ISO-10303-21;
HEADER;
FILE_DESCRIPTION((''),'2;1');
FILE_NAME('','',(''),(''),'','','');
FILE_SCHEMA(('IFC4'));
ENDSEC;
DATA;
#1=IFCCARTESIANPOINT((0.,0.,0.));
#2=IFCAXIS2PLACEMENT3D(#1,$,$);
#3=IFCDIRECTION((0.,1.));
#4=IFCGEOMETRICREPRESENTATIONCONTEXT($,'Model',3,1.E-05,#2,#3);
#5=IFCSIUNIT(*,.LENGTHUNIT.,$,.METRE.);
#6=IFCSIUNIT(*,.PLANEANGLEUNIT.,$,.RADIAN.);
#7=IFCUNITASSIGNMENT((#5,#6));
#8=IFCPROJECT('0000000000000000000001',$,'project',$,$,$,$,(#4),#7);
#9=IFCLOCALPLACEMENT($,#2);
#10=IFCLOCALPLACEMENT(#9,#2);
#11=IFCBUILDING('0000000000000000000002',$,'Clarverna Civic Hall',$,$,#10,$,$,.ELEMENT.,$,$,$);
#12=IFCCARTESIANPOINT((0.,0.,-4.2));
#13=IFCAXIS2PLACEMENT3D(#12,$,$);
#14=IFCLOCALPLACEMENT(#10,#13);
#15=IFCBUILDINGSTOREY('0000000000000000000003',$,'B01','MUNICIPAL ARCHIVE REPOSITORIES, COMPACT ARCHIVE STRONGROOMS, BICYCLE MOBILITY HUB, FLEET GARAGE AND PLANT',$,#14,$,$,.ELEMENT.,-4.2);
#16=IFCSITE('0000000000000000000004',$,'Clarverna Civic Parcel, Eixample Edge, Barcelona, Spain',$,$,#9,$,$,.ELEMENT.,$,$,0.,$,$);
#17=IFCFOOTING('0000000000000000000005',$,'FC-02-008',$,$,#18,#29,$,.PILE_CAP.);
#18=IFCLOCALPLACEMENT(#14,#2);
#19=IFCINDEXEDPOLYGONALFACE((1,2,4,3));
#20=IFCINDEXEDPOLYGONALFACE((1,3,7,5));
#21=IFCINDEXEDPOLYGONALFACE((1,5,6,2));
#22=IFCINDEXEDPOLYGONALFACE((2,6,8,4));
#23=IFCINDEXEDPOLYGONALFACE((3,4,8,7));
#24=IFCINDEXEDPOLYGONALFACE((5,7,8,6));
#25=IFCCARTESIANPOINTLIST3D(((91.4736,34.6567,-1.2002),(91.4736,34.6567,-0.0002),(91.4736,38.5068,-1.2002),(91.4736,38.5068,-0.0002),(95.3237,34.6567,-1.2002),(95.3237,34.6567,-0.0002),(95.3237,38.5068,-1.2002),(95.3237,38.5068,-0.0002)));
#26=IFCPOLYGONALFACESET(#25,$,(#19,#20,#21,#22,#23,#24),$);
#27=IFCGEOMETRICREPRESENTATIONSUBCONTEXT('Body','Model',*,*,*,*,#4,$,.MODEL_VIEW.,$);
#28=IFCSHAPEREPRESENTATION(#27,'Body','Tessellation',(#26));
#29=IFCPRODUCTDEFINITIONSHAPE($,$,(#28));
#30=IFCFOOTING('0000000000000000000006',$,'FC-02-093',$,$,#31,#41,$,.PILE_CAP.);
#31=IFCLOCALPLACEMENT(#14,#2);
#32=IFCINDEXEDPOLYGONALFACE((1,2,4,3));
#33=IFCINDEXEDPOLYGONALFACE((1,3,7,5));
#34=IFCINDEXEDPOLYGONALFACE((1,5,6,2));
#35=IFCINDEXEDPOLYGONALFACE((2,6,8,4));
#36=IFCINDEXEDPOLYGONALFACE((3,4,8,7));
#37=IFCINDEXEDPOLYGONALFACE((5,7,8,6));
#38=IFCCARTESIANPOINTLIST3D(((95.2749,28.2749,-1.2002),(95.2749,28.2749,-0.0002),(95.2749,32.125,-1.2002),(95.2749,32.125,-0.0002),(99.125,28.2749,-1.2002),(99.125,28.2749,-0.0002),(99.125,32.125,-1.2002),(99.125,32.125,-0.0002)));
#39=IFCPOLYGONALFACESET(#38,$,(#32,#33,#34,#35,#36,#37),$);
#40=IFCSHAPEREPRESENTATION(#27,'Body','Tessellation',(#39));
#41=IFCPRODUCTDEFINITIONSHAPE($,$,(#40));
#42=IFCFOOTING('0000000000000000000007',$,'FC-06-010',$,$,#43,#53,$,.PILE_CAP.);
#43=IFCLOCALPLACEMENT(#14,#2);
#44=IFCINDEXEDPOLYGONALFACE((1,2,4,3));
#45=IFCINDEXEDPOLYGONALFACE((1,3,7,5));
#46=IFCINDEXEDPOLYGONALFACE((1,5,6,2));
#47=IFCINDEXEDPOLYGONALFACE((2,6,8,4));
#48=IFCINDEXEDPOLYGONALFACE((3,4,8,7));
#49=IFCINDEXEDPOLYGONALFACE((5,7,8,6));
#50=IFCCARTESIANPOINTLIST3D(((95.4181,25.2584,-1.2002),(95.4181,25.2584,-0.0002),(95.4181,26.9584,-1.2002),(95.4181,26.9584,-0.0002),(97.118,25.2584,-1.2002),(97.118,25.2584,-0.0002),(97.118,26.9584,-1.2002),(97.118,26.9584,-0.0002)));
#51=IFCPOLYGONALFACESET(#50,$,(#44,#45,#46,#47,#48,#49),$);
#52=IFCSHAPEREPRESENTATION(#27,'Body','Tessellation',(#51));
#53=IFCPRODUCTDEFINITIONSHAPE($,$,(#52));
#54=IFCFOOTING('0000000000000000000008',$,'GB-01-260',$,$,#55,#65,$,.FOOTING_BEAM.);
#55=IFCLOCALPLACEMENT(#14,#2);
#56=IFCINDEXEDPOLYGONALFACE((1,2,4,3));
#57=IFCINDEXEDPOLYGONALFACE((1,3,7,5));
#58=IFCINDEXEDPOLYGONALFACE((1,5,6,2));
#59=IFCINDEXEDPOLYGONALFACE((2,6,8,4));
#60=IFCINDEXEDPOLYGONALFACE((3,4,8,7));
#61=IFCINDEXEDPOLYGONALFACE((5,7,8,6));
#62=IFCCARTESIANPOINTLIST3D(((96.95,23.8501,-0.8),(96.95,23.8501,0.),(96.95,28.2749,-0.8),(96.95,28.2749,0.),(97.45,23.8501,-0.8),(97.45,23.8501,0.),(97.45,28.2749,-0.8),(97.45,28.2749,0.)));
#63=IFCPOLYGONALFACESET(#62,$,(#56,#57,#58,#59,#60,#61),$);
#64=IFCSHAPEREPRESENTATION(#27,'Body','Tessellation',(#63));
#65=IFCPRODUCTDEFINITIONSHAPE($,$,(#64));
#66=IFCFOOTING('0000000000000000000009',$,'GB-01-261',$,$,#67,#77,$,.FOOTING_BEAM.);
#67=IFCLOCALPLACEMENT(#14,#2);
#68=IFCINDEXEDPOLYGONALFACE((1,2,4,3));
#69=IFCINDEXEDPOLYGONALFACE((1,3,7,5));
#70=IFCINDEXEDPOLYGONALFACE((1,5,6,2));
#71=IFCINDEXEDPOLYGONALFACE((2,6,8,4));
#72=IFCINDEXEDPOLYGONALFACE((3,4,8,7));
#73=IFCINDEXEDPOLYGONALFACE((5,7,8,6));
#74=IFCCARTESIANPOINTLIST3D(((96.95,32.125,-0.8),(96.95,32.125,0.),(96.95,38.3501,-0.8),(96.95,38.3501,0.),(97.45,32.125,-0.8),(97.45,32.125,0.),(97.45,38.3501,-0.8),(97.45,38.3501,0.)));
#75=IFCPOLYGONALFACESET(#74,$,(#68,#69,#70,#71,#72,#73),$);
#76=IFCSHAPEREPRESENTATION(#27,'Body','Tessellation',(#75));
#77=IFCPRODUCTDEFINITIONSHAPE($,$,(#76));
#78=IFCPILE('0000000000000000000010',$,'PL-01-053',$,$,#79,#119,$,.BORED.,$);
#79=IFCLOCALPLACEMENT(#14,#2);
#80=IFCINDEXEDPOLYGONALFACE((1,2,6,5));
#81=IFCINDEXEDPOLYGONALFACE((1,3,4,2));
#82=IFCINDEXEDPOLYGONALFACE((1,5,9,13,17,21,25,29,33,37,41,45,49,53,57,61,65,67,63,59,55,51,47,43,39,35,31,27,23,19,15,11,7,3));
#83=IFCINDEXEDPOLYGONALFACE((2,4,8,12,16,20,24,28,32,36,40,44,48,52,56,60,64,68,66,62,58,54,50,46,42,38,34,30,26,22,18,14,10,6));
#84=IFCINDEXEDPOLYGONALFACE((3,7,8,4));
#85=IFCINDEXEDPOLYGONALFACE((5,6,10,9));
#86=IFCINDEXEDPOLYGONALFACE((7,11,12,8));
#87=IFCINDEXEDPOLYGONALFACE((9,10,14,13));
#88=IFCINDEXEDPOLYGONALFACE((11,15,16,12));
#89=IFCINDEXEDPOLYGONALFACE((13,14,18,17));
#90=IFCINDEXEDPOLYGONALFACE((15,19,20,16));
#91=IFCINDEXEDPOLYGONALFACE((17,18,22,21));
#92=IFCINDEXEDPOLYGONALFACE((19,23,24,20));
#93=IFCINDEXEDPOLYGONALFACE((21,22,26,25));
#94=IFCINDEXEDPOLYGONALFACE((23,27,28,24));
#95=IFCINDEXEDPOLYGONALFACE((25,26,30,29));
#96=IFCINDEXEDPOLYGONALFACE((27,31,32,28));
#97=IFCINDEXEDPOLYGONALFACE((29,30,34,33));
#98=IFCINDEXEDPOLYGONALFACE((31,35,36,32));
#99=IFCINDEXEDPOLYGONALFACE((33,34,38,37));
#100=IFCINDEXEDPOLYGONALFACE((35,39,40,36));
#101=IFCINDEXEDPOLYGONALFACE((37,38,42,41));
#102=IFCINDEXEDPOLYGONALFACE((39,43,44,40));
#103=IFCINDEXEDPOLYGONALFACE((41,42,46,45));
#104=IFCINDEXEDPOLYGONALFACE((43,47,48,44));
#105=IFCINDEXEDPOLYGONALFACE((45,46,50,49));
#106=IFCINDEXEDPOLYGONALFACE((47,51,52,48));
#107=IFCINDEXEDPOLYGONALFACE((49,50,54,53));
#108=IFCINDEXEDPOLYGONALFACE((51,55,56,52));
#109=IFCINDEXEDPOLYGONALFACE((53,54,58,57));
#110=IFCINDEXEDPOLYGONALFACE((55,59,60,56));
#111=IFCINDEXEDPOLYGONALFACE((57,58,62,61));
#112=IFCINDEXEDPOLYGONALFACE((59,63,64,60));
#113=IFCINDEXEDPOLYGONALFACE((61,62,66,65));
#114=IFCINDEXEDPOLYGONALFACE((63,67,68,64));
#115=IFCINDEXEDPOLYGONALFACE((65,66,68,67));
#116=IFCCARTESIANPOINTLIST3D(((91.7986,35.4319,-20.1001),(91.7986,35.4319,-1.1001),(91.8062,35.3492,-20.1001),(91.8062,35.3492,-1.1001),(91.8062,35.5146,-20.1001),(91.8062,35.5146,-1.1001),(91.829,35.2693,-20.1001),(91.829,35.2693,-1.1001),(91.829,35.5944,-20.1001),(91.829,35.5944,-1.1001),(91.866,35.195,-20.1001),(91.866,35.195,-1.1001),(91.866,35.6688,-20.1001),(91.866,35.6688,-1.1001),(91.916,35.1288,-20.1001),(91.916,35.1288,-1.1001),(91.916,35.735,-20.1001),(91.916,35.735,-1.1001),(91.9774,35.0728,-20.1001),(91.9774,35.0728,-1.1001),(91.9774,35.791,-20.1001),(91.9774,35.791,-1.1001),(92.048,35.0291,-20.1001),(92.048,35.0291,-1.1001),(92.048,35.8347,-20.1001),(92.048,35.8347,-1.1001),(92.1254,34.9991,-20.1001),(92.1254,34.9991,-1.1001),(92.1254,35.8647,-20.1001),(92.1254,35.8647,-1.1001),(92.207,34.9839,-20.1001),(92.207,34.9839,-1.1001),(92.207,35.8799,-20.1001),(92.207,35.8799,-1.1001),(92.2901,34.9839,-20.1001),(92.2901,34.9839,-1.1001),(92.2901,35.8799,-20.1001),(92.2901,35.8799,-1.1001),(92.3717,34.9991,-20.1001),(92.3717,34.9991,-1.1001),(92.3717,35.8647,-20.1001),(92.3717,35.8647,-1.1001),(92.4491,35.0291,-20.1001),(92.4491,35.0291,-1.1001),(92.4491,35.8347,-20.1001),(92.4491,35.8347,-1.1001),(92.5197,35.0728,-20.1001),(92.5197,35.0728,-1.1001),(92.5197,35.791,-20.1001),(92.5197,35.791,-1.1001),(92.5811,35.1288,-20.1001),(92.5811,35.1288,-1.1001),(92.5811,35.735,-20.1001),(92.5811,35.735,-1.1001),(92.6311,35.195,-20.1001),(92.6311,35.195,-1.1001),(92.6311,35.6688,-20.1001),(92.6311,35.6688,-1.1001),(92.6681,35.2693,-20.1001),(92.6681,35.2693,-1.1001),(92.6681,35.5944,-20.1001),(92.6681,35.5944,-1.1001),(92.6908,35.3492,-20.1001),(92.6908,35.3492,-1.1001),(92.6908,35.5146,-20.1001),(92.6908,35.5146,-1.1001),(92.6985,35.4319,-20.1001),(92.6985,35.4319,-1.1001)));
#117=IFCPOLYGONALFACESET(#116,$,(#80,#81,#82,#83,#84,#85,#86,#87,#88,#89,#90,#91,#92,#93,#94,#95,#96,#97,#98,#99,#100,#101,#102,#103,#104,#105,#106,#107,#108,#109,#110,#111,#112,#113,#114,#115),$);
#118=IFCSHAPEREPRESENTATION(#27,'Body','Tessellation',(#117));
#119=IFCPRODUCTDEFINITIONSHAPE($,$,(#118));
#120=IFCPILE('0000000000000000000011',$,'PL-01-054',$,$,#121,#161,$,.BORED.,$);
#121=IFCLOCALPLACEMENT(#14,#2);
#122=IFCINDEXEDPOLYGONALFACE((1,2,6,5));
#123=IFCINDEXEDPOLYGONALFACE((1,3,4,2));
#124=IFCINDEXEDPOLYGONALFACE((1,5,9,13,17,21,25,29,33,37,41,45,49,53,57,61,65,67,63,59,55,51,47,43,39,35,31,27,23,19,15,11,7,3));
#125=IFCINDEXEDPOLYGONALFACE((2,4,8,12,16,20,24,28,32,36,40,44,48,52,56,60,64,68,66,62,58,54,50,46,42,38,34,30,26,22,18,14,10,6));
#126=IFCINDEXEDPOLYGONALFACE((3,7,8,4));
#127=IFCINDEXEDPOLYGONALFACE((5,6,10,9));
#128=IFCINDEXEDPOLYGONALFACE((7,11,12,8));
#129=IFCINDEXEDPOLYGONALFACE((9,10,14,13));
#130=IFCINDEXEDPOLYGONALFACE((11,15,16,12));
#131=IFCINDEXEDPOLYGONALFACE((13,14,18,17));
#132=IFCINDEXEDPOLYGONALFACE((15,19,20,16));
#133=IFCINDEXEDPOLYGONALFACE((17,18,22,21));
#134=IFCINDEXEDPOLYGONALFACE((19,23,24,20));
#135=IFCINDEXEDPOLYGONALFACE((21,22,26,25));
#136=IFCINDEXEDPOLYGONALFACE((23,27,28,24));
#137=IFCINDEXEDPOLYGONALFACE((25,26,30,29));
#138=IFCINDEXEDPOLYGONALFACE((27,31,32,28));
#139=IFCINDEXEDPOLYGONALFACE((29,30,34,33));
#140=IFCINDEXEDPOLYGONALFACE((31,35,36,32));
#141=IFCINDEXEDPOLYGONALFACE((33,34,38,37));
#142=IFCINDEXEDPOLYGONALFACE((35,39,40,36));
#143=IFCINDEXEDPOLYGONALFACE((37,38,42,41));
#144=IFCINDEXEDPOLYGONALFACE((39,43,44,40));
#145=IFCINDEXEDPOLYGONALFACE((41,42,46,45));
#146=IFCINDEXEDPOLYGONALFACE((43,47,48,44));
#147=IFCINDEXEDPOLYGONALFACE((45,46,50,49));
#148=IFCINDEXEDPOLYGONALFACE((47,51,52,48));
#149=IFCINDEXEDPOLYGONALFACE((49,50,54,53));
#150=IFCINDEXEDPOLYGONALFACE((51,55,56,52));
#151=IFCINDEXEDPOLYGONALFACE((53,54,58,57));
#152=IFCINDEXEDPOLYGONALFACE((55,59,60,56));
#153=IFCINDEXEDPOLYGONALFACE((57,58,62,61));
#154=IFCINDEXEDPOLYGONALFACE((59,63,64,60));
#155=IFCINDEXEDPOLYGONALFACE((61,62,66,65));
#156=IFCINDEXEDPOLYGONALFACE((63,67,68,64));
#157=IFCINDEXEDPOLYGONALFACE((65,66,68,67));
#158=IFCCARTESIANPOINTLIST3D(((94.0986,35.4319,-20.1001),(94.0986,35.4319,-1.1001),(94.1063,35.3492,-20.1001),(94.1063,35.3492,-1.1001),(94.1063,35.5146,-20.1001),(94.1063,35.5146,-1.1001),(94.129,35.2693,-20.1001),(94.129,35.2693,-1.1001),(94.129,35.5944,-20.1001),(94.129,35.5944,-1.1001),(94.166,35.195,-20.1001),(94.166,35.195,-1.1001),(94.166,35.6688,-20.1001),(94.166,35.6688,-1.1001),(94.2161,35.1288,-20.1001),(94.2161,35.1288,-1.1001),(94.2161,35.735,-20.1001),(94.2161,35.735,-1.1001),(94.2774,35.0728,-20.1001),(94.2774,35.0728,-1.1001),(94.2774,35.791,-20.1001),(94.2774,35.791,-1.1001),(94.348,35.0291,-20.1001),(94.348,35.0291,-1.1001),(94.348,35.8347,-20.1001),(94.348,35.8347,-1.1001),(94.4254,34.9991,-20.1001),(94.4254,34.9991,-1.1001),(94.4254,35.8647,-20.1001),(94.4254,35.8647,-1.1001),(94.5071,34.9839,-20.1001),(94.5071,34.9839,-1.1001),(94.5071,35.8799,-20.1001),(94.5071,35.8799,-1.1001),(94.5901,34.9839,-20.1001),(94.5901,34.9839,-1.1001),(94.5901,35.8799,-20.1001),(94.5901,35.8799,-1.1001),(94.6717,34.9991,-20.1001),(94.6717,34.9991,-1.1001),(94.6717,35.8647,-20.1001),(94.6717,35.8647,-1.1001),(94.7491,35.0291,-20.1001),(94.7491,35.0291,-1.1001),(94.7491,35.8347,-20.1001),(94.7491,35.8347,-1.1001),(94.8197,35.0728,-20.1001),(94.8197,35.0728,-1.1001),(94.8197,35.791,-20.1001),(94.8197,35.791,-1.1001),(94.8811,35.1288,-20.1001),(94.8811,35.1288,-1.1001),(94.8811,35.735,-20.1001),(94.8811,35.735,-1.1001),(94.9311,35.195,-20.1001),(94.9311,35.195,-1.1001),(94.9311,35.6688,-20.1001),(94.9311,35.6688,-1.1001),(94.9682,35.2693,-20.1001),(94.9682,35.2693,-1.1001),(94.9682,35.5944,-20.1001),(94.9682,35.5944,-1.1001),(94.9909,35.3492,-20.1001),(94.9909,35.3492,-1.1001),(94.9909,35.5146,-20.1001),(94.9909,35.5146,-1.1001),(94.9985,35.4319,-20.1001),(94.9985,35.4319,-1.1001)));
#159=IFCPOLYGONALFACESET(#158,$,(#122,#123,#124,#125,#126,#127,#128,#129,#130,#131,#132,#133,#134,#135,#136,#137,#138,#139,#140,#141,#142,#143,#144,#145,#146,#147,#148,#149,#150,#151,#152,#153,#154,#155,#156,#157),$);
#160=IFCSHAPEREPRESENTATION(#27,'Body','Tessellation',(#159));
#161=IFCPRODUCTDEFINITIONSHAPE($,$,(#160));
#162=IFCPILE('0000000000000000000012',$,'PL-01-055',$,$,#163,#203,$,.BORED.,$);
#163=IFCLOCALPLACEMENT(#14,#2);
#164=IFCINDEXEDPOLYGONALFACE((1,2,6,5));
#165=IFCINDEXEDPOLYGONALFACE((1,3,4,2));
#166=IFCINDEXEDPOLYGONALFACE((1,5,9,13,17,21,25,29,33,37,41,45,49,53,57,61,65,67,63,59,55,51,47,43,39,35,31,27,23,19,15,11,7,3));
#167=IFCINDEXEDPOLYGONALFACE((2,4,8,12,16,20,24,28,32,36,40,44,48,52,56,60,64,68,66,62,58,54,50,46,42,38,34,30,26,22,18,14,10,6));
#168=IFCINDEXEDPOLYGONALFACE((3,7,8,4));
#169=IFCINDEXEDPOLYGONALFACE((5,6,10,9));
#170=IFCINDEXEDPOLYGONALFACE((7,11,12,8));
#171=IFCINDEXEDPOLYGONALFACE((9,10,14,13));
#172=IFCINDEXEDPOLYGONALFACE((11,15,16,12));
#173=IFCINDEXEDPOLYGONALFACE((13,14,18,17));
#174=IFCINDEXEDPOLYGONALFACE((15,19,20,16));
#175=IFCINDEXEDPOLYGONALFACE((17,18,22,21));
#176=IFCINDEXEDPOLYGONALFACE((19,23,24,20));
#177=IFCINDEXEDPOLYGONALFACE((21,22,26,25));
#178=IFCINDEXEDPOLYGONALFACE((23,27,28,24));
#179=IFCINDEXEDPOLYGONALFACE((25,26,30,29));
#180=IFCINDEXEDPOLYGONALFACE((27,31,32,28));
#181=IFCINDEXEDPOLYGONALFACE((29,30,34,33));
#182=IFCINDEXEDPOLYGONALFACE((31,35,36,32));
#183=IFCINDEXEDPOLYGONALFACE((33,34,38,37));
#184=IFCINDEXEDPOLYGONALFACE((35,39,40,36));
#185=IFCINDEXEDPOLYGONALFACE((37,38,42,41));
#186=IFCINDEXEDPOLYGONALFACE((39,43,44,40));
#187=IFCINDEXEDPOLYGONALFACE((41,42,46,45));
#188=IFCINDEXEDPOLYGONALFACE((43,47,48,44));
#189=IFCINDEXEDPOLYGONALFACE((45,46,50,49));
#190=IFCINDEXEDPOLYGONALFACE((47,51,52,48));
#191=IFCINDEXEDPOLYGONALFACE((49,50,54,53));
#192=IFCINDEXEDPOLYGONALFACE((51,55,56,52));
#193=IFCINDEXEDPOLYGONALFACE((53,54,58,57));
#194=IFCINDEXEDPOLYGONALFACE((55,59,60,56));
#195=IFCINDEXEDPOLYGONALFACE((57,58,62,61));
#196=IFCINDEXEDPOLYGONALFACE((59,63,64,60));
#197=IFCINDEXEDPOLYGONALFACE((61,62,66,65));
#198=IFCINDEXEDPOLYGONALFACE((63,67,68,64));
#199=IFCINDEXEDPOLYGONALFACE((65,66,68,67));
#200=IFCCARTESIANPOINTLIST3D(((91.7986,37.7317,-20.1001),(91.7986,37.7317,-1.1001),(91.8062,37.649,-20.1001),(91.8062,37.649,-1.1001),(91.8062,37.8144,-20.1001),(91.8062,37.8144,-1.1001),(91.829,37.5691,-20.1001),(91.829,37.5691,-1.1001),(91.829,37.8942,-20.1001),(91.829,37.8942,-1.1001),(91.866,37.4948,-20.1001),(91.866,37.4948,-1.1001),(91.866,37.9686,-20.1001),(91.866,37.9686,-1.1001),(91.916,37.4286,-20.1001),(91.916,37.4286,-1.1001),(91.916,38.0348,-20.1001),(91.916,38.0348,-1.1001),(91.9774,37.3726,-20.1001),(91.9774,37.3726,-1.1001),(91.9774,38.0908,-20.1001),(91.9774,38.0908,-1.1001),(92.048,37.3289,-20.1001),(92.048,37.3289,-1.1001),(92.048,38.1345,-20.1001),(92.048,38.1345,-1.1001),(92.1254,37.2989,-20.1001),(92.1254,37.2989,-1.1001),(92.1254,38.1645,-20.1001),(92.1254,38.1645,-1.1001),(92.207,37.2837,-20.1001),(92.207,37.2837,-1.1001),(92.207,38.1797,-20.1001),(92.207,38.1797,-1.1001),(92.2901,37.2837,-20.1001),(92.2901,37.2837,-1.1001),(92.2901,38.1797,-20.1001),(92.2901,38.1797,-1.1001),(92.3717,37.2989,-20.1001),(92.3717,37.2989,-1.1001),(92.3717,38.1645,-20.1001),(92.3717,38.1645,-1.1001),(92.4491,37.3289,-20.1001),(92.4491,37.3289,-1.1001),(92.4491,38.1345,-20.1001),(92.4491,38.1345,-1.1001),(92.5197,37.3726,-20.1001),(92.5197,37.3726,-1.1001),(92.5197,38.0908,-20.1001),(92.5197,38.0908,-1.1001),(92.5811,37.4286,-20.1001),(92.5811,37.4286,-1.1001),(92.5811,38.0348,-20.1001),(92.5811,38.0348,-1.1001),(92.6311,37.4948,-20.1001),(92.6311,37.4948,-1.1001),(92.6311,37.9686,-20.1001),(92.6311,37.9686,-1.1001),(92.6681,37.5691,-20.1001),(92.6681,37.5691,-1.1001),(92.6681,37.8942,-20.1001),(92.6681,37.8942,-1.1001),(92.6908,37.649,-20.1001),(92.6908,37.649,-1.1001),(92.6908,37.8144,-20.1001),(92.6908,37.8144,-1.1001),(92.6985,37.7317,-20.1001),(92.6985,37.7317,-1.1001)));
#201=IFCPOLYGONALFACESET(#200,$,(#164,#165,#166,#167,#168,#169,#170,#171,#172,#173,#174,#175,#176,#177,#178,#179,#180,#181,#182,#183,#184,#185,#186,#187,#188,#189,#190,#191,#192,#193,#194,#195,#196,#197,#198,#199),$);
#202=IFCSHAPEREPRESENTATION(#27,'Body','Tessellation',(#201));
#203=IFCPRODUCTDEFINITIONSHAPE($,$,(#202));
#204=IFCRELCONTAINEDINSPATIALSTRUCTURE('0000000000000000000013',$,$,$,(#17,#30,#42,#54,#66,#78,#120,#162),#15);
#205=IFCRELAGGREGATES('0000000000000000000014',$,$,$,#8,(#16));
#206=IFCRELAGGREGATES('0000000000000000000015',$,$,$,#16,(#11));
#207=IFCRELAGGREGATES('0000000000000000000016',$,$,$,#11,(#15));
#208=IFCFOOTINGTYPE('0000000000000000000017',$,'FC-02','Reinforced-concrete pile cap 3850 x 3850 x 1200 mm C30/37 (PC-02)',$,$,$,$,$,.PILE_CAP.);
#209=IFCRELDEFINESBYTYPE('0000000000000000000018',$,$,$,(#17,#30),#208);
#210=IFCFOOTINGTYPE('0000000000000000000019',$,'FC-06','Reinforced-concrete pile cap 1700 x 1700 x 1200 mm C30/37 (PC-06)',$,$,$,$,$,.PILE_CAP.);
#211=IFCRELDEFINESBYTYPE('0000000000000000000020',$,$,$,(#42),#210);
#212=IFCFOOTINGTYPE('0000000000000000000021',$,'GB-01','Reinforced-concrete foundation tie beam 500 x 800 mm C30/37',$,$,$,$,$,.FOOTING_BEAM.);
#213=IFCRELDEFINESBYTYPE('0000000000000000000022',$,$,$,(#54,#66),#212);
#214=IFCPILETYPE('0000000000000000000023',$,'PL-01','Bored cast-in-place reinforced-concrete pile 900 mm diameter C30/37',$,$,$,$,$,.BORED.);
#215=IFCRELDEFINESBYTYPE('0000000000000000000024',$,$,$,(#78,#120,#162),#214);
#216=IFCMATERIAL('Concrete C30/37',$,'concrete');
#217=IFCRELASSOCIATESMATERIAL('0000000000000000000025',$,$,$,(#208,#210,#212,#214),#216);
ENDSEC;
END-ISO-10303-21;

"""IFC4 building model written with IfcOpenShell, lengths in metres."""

from ifc_helpers import new_model, si_unit, direction, frame, frame_2d, origin, origin_2d, place, context, subcontext, project, spatial, rectangle, circle, extrude, material, material_profile, profile_set, type_object, element, save


model = new_model("IFC4")

# Units and contexts
model_context = context("Model", 3, precision=1e-05, world=origin(), true_north=direction((0.0, 1.0)))
body_context = subcontext(model_context, "Body", "Model", "MODEL_VIEW")
ifc_project = project(units=[si_unit("LENGTHUNIT", "METRE"), si_unit("PLANEANGLEUNIT", "RADIAN")], contexts=[model_context])

# Site, building, storey
site_placement = place(None, origin())
site = spatial("IfcSite", under=ifc_project, at=site_placement, Name="Clarverna Civic Parcel, Eixample Edge, Barcelona, Spain", CompositionType="ELEMENT", RefElevation=0.0)
building_placement = place(site_placement, origin())
building = spatial("IfcBuilding", under=site, at=building_placement, Name="Clarverna Civic Hall", CompositionType="ELEMENT")
storey_placement = place(building_placement, frame((0.0, 0.0, -4.2)))
storey = spatial("IfcBuildingStorey", under=building, at=storey_placement, Name="B01", Description="MUNICIPAL ARCHIVE REPOSITORIES, COMPACT ARCHIVE STRONGROOMS, BICYCLE MOBILITY HUB, FLEET GARAGE AND PLANT", CompositionType="ELEMENT", Elevation=-4.2)

# Footings
ifc_material_1 = material(Name="Concrete C30/37", Category="concrete")
footing_type_1 = type_object("IfcFootingType", Name="FC-02", Description="Reinforced-concrete pile cap 3850 x 3850 x 1200 mm C30/37 (PC-02)", PredefinedType="PILE_CAP", material=ifc_material_1)
for number, where, z_axis, x_axis, name in (
    (1, (93.3987, 36.5818, -1.2002), (0.0, 0.0, 1.0), (1.0, 0.0, 0.0), "FC-02-008"),
    (2, (97.2, 30.2, -1.2002), (0.0, 0.0, 1.0), (1.0, 0.0, 0.0), "FC-02-093"),
):
    element("IfcFooting", number, at=place(storey_placement, frame(where, z_axis=z_axis, x_axis=x_axis)), inside=storey, type_object=footing_type_1, Name=name, PredefinedType="PILE_CAP", context=body_context, shape_type="SweptSolid", body=[
        extrude(rectangle(XDim=3.8501, YDim=3.8501, at=origin_2d()), origin(), (0.0, 0.0, 1.0), 1.2),
    ])
footing_type_2 = type_object("IfcFootingType", Name="FC-06", Description="Reinforced-concrete pile cap 1700 x 1700 x 1200 mm C30/37 (PC-06)", PredefinedType="PILE_CAP", material=ifc_material_1)
footing_1_placement = place(storey_placement, frame((96.2681, 26.1084, -1.2002), z_axis=(0.0, 0.0, 1.0), x_axis=(1.0, 0.0, 0.0)))
element("IfcFooting", 3, at=footing_1_placement, inside=storey, type_object=footing_type_2, Name="FC-06-010", PredefinedType="PILE_CAP", context=body_context, shape_type="SweptSolid", body=[
    extrude(rectangle(XDim=1.7, YDim=1.7, at=origin_2d()), origin(), (0.0, 0.0, 1.0), 1.2),
])
footing_type_3 = type_object("IfcFootingType", Name="GB-01", Description="Reinforced-concrete foundation tie beam 500 x 800 mm C30/37", PredefinedType="FOOTING_BEAM", material=ifc_material_1)
footing_2_placement = place(storey_placement, frame((97.2, 23.8501, -0.8), z_axis=(0.0, 0.0, 1.0), x_axis=(0.0, 1.0, 0.0)))
element("IfcFooting", 4, at=footing_2_placement, inside=storey, type_object=footing_type_3, Name="GB-01-260", PredefinedType="FOOTING_BEAM", context=body_context, shape_type="SweptSolid", body=[
    extrude(rectangle(XDim=4.4248, YDim=0.5, at=frame_2d((2.2124, 0.0))), origin(), (0.0, 0.0, 1.0), 0.8),
])
footing_3_placement = place(storey_placement, frame((97.2, 32.125, -0.8), z_axis=(0.0, 0.0, 1.0), x_axis=(0.0, 1.0, 0.0)))
element("IfcFooting", 5, at=footing_3_placement, inside=storey, type_object=footing_type_3, Name="GB-01-261", PredefinedType="FOOTING_BEAM", context=body_context, shape_type="SweptSolid", body=[
    extrude(rectangle(XDim=6.2251, YDim=0.5, at=frame_2d((3.1125, 0.0))), origin(), (0.0, 0.0, 1.0), 0.8),
])

# Piles
ifc_material_profile_1 = material_profile(ifc_material_1, circle(Radius=0.45, at=origin_2d()), Name="BORED PILE D900")
ifc_profile_set_1 = profile_set([ifc_material_profile_1], Name="Concrete C30/37")
pile_type = type_object("IfcPileType", Name="PL-01", Description="Bored cast-in-place reinforced-concrete pile 900 mm diameter C30/37", PredefinedType="BORED", material=ifc_profile_set_1)
for number, where, z_axis, x_axis, name in (
    (6, (92.2485, 35.4319, -1.1001), (0.0, 0.0, -1.0), (1.0, 0.0, 0.0), "PL-01-053"),
    (7, (94.5486, 35.4319, -1.1001), (0.0, 0.0, -1.0), (1.0, 0.0, 0.0), "PL-01-054"),
    (8, (92.2485, 37.7317, -1.1001), (0.0, 0.0, -1.0), (1.0, 0.0, 0.0), "PL-01-055"),
):
    element("IfcPile", number, at=place(storey_placement, frame(where, z_axis=z_axis, x_axis=x_axis)), inside=storey, type_object=pile_type, Name=name, PredefinedType="BORED", context=body_context, shape_type="SweptSolid", body=[
        extrude(circle(Radius=0.45, at=origin_2d()), origin(), (0.0, 0.0, 1.0), 19.0),
    ])

save(model, "model.ifc")
